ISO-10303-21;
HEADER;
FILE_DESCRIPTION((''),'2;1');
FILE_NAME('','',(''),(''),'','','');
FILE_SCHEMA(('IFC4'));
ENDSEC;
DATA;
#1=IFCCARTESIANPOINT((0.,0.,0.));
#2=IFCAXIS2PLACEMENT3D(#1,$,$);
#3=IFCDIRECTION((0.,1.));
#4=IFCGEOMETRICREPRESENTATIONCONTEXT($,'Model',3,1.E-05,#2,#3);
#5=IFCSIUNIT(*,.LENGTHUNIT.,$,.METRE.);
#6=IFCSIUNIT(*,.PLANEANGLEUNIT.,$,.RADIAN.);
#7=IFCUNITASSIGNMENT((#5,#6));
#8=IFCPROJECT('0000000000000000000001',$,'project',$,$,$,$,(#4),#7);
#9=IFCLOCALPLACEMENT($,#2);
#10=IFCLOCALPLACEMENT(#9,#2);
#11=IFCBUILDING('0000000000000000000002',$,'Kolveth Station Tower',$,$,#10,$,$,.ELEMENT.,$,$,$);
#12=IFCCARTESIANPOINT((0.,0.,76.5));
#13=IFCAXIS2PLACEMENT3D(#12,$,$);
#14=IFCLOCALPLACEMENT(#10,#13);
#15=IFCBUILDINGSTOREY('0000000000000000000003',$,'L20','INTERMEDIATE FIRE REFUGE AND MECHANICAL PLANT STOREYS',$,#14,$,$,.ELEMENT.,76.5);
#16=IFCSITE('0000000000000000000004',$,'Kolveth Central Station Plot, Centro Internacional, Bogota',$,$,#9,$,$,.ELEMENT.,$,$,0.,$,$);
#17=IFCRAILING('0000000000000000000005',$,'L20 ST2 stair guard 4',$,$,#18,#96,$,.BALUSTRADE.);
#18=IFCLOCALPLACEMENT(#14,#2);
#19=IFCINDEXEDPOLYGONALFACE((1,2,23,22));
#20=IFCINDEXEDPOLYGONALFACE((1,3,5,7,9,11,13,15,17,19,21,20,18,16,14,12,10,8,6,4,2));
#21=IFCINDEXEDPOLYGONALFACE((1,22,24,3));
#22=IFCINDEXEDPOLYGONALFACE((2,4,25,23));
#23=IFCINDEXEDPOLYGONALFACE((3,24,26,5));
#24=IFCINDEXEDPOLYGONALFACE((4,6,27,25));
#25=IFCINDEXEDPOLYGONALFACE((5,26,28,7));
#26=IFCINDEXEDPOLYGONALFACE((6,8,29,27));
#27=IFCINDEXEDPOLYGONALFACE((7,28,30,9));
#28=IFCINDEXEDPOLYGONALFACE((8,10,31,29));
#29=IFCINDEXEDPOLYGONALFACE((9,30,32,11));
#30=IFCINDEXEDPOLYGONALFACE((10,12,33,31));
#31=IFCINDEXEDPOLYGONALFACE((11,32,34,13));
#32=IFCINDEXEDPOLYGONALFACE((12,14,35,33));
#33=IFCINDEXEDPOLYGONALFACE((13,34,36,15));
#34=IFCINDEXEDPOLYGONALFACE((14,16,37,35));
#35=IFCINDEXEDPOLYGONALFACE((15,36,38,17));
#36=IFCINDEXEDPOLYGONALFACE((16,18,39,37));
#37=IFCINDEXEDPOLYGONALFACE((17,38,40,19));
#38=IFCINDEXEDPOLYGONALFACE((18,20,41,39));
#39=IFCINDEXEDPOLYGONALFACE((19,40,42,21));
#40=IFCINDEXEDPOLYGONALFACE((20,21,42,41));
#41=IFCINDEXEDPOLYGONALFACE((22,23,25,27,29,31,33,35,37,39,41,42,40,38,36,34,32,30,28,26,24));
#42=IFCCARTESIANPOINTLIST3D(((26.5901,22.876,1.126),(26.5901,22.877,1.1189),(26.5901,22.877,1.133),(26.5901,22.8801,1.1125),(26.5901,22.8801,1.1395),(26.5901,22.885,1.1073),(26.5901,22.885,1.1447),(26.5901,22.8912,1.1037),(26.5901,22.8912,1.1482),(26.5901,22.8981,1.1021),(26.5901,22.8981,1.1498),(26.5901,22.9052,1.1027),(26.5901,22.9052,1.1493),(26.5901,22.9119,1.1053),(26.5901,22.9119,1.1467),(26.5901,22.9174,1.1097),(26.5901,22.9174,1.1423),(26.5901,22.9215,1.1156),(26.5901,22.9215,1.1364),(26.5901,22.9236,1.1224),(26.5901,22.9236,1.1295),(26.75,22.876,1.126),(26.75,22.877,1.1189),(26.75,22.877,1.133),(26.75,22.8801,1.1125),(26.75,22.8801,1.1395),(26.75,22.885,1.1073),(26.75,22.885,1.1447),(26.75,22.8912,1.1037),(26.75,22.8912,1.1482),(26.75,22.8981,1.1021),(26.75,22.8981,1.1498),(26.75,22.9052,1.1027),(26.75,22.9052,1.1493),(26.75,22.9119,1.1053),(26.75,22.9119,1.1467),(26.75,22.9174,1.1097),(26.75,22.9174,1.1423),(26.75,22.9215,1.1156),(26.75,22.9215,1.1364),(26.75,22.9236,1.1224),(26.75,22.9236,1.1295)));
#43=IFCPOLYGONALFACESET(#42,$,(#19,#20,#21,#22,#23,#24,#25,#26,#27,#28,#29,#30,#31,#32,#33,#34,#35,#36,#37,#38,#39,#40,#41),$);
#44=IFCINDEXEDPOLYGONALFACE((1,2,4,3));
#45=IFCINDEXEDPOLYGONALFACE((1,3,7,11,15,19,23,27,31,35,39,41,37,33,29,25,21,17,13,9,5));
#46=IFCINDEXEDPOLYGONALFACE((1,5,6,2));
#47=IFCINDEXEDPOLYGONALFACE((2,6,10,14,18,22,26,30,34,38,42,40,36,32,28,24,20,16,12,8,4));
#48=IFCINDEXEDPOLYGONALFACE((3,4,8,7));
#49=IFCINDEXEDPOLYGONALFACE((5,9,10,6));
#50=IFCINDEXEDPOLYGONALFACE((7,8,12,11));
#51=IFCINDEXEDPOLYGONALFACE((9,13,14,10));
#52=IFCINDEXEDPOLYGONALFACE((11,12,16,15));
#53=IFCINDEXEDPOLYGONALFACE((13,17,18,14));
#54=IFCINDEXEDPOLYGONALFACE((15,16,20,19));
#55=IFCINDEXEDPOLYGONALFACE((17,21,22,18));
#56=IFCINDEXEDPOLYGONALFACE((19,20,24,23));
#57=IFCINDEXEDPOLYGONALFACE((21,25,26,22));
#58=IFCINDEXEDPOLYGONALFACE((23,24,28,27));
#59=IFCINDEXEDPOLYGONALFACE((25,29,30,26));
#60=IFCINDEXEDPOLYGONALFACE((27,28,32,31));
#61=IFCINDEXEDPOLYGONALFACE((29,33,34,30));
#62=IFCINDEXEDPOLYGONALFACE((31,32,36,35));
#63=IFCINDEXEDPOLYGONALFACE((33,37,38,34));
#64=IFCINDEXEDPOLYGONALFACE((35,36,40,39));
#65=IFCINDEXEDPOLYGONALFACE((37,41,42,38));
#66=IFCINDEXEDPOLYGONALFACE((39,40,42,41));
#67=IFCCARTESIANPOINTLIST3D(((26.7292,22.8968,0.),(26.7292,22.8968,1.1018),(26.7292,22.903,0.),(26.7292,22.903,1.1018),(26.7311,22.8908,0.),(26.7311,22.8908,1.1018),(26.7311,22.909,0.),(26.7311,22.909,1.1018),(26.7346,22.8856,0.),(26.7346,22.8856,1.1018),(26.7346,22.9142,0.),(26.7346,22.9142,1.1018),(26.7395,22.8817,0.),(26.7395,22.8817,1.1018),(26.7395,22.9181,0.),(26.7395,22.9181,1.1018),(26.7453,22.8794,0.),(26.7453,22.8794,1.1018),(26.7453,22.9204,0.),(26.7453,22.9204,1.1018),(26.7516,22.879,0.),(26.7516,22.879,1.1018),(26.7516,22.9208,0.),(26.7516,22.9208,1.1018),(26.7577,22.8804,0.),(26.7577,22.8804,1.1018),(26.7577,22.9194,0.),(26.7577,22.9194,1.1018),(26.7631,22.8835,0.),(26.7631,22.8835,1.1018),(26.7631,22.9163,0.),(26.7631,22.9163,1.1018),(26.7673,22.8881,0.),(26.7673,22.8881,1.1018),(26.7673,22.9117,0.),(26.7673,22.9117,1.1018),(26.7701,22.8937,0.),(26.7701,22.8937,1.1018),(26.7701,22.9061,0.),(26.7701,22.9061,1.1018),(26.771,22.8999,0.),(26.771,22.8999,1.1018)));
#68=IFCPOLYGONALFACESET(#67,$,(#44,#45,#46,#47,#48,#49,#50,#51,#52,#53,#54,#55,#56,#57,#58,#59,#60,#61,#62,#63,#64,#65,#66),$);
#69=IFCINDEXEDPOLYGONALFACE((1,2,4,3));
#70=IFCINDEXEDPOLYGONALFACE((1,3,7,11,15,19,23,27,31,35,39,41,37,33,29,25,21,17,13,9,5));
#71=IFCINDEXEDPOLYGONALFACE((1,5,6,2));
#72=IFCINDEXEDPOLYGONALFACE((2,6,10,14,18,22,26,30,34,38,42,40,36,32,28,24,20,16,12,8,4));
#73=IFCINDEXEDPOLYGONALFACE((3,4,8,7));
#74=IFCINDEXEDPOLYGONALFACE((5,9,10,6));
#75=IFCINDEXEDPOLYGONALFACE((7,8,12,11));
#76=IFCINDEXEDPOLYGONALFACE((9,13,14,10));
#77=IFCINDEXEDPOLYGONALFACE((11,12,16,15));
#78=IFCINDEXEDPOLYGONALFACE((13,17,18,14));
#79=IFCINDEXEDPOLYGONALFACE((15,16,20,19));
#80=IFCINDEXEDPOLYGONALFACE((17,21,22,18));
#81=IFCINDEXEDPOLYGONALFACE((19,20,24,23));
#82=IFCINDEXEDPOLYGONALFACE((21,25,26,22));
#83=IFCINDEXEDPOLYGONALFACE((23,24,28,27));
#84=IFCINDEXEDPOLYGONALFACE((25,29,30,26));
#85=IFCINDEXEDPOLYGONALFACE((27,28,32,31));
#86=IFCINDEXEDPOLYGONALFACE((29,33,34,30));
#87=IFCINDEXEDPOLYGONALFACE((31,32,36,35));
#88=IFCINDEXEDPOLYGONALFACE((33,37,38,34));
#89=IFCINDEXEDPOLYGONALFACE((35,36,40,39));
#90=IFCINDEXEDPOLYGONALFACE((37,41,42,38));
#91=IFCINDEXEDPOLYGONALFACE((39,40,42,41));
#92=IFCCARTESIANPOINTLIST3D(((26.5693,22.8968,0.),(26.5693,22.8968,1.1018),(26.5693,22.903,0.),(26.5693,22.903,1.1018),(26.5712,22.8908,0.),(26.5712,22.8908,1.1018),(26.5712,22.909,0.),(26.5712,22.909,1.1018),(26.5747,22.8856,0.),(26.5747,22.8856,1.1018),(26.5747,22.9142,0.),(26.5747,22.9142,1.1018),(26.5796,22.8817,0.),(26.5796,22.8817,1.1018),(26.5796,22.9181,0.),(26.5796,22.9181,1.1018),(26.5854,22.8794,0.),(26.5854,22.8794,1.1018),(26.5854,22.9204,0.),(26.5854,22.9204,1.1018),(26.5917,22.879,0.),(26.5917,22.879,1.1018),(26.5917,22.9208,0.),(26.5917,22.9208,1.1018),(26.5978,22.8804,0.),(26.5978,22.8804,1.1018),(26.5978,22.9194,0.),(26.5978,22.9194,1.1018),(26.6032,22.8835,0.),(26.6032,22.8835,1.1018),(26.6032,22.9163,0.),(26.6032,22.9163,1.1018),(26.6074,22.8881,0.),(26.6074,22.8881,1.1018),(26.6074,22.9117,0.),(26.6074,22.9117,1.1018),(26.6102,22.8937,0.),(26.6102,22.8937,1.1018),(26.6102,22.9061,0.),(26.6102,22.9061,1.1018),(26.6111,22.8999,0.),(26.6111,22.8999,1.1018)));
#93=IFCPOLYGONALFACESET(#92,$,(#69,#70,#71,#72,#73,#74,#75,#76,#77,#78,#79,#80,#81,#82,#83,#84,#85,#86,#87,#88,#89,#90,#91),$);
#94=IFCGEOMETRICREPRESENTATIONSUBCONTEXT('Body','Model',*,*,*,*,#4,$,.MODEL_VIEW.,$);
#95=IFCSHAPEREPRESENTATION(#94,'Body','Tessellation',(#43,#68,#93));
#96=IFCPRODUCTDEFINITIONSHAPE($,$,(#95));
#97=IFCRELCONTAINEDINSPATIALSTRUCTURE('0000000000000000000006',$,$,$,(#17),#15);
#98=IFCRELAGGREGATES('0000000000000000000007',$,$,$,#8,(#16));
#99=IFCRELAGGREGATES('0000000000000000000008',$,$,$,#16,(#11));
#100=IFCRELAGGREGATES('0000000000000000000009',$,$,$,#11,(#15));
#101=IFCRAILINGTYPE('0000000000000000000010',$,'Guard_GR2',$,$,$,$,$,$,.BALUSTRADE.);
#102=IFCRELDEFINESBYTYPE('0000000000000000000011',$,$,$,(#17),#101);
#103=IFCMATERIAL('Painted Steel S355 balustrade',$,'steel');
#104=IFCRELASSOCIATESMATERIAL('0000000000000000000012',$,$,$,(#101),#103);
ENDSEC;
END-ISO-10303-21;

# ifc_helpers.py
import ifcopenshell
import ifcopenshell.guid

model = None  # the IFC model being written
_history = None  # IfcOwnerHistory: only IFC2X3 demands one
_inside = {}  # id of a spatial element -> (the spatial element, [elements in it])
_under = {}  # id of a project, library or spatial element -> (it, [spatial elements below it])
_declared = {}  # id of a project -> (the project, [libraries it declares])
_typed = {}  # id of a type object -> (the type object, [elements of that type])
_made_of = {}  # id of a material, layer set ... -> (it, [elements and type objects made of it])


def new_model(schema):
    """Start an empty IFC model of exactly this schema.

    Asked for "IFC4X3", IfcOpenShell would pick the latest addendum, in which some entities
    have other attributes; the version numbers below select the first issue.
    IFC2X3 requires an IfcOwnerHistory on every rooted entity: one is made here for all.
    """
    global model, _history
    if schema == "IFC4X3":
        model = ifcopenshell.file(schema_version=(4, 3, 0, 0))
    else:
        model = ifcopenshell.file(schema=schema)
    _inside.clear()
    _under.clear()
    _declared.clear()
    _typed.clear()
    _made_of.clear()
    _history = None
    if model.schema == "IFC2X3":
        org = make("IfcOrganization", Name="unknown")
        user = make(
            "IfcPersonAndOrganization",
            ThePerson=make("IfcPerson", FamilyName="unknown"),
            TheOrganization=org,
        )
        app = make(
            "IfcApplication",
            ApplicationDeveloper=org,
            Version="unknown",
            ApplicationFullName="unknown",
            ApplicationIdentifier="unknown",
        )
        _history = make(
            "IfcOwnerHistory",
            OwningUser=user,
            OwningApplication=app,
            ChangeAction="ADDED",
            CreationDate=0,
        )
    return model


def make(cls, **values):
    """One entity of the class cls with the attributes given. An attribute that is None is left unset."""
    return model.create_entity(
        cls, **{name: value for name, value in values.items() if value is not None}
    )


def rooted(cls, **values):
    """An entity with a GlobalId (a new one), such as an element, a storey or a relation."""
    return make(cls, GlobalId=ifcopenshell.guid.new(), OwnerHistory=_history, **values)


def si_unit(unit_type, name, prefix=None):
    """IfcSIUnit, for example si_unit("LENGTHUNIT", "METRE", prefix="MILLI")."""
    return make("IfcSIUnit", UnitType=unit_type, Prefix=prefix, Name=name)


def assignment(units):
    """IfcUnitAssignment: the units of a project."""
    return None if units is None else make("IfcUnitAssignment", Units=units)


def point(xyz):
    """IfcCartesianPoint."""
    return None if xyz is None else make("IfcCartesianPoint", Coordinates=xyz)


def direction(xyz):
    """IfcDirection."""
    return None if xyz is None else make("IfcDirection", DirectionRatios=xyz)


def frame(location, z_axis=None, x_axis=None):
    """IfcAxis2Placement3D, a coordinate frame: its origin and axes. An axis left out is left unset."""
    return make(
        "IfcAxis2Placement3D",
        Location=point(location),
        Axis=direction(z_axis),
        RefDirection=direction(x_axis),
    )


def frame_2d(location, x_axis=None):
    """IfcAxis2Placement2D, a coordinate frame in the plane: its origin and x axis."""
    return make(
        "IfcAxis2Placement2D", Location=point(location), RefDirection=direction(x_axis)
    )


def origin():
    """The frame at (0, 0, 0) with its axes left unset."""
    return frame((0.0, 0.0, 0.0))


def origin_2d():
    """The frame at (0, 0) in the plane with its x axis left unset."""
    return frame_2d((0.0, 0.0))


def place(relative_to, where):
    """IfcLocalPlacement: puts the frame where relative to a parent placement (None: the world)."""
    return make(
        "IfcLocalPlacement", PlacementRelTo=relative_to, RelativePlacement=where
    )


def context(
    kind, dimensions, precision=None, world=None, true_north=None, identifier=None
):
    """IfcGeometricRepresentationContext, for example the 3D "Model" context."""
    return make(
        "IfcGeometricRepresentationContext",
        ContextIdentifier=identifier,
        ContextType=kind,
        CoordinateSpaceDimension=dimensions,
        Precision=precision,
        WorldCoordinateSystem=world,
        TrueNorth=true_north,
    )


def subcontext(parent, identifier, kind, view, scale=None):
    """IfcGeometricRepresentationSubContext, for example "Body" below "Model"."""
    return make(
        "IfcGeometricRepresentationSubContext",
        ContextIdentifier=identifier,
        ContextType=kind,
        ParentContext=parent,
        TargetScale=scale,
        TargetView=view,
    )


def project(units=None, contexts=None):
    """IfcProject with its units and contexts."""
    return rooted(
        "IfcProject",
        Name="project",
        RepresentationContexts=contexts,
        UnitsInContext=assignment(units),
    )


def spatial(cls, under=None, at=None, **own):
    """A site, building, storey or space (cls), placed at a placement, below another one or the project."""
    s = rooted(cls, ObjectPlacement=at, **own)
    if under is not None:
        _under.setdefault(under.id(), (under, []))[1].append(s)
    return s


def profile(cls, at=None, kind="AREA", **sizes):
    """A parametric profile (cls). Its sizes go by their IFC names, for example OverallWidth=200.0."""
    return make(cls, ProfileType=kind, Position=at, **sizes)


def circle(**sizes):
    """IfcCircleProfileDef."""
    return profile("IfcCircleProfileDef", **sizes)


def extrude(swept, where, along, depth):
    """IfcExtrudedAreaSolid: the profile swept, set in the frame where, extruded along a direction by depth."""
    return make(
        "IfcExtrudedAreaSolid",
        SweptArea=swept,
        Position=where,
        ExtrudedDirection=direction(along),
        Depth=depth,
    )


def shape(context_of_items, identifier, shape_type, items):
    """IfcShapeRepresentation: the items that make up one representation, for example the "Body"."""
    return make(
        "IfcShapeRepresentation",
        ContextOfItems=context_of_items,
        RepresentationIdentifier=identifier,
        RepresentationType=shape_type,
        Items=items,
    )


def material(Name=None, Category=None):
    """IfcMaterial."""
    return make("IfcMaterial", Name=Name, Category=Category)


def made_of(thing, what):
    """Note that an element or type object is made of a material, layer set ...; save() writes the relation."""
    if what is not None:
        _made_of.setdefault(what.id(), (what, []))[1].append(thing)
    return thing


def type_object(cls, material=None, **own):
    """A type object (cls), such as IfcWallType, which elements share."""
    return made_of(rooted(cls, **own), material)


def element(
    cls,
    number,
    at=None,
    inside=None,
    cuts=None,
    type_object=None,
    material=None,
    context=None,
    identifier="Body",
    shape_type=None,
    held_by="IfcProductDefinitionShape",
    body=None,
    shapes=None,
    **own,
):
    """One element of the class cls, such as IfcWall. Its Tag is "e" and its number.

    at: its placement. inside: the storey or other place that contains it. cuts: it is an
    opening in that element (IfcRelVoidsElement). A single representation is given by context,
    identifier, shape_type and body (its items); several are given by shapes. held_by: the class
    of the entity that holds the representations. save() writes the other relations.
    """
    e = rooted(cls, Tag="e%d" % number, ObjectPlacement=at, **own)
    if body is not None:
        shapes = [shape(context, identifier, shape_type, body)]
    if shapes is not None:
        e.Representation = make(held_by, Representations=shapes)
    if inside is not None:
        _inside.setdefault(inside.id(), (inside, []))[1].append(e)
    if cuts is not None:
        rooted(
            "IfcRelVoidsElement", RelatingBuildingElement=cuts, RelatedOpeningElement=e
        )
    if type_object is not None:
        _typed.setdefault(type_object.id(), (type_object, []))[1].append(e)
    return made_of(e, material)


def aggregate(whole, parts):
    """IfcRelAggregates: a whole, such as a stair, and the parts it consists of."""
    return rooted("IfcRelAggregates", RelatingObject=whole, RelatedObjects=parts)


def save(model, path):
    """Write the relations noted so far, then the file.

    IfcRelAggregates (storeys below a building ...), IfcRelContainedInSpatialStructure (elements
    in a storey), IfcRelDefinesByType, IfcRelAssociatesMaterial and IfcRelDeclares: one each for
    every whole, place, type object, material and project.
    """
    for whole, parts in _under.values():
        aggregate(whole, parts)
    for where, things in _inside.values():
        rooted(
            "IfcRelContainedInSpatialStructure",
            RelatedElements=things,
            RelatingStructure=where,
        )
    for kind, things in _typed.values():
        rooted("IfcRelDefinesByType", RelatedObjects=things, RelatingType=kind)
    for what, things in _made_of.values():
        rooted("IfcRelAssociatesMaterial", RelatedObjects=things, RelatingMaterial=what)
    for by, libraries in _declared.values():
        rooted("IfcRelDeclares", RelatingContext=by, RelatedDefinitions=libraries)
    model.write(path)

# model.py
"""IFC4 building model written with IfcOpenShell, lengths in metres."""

from ifc_helpers import new_model, si_unit, direction, frame, origin, origin_2d, place, context, subcontext, project, spatial, circle, extrude, material, type_object, element, save


model = new_model("IFC4")

# Units and contexts
model_context = context("Model", 3, precision=1e-05, world=origin(), true_north=direction((0.0, 1.0)))
body_context = subcontext(model_context, "Body", "Model", "MODEL_VIEW")
ifc_project = project(units=[si_unit("LENGTHUNIT", "METRE"), si_unit("PLANEANGLEUNIT", "RADIAN")], contexts=[model_context])

# Site, building, storey
site_placement = place(None, origin())
site = spatial("IfcSite", under=ifc_project, at=site_placement, Name="Kolveth Central Station Plot, Centro Internacional, Bogota", CompositionType="ELEMENT", RefElevation=0.0)
building_placement = place(site_placement, origin())
building = spatial("IfcBuilding", under=site, at=building_placement, Name="Kolveth Station Tower", CompositionType="ELEMENT")
storey_placement = place(building_placement, frame((0.0, 0.0, 76.5)))
storey = spatial("IfcBuildingStorey", under=building, at=storey_placement, Name="L20", Description="INTERMEDIATE FIRE REFUGE AND MECHANICAL PLANT STOREYS", CompositionType="ELEMENT", Elevation=76.5)

# Railing
ifc_material_1 = material(Name="Painted Steel S355 balustrade", Category="steel")
railing_type_1 = type_object("IfcRailingType", Name="Guard_GR2", PredefinedType="BALUSTRADE", material=ifc_material_1)
railing_1_placement = place(storey_placement, frame((26.75, 22.8999, 0.0)))
element("IfcRailing", 1, at=railing_1_placement, inside=storey, type_object=railing_type_1, Name="L20 ST2 stair guard 4", PredefinedType="BALUSTRADE", context=body_context, shape_type="SweptSolid", body=[
    extrude(circle(Radius=0.0239, at=origin_2d()), frame((0.0, 0.0, 1.126), z_axis=(-1.0, 0.0, 0.0), x_axis=(0.0, -1.0, 0.0)), (0.0, 0.0, 1.0), 0.1599),
    extrude(circle(Radius=0.021, at=origin_2d()), origin(), (0.0, 0.0, 1.0), 1.1018),
    extrude(circle(Radius=0.021, at=origin_2d()), frame((-0.1599, 0.0, 0.0)), (0.0, 0.0, 1.0), 1.1018),
])

save(model, "model.ifc")
